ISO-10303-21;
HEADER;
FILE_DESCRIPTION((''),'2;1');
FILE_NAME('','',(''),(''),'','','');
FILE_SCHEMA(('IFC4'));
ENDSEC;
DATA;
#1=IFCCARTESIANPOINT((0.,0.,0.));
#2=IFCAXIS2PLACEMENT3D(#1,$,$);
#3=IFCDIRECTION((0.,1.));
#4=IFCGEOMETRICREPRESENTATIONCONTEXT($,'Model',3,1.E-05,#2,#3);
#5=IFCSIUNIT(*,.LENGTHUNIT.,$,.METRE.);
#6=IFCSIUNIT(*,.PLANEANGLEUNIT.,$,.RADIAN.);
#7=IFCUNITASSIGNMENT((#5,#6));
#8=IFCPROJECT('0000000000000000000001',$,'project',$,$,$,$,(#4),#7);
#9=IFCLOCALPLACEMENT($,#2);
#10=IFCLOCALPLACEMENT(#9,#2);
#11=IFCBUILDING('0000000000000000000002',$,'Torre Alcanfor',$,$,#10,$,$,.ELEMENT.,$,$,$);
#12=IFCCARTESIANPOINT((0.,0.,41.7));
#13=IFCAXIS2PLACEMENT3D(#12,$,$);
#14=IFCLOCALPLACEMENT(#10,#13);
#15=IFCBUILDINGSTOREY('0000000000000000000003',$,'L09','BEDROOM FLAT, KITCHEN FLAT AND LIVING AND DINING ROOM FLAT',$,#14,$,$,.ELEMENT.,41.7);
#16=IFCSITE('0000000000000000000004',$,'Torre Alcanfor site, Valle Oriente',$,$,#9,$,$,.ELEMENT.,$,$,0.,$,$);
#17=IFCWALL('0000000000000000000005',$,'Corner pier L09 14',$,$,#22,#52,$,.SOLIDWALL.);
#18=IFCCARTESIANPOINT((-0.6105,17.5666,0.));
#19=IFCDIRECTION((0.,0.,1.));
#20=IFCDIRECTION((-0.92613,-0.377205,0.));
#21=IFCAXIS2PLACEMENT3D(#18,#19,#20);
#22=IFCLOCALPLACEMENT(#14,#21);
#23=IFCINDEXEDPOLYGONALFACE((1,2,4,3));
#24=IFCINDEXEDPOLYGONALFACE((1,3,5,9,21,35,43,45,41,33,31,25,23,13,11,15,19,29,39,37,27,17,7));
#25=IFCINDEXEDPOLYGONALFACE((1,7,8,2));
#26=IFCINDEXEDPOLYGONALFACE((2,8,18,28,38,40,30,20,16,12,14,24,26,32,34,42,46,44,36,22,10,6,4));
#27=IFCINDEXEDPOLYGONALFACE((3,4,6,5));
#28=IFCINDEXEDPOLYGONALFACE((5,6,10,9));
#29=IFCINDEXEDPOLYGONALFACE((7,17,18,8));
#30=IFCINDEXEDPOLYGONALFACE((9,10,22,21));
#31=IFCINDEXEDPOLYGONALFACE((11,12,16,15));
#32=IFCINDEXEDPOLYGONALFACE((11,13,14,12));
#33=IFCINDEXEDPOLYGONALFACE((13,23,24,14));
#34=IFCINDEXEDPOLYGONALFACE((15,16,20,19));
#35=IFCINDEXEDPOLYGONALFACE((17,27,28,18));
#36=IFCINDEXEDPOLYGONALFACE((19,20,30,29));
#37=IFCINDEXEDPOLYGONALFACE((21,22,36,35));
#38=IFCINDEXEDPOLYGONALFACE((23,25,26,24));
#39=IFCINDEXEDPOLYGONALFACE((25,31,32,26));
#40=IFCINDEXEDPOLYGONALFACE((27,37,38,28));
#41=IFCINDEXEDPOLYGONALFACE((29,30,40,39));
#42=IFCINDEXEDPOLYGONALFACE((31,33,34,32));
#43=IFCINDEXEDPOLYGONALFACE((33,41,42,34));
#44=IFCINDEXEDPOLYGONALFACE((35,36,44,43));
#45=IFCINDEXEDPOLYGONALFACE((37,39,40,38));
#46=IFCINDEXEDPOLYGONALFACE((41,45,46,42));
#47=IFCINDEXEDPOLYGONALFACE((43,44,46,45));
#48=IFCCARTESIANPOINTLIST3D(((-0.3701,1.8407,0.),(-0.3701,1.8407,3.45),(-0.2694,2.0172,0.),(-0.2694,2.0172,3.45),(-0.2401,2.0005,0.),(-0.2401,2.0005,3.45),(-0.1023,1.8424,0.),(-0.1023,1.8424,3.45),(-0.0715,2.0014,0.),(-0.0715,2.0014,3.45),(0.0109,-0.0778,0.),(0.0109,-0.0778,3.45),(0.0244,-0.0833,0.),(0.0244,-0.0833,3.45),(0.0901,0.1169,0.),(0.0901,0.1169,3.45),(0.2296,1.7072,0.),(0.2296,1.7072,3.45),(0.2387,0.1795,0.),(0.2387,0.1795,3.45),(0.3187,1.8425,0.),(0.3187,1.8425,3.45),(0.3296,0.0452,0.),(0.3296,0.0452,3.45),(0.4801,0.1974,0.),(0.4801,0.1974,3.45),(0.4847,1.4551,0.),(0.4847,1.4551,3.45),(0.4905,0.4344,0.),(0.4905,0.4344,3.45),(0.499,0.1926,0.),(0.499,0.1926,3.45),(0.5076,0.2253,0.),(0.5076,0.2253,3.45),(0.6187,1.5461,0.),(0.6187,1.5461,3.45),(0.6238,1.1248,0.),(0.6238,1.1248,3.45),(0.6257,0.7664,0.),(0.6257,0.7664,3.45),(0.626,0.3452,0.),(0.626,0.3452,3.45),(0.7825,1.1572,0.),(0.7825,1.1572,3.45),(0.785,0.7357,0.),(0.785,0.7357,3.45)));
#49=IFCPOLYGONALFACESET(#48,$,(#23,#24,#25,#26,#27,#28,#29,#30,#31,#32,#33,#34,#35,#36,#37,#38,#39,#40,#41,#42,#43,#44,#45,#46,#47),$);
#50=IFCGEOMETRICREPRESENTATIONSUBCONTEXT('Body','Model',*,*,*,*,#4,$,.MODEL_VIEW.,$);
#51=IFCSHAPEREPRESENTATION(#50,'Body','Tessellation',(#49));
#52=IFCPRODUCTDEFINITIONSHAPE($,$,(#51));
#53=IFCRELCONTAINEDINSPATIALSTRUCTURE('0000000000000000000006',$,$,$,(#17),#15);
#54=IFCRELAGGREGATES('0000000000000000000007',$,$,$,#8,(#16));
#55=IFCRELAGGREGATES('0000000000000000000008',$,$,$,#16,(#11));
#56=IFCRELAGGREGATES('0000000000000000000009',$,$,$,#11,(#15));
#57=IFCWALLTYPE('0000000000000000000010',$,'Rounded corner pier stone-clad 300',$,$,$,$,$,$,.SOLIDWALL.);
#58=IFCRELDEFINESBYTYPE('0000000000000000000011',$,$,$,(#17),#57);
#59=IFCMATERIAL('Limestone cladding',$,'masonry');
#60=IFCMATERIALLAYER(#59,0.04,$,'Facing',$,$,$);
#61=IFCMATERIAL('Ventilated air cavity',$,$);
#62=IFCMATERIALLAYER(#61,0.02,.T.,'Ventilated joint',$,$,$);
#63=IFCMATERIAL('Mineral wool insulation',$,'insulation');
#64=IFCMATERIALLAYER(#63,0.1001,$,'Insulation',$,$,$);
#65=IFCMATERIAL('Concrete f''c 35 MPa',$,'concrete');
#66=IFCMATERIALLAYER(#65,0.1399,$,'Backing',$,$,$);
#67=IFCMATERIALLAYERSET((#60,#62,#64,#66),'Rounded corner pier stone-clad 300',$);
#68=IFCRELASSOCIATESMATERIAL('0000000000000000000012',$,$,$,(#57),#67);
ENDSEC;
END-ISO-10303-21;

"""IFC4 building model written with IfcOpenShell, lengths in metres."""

from ifc_helpers import new_model, si_unit, direction, frame, origin, place, context, subcontext, project, spatial, polyline, outline, extrude, material, layer, layer_set, type_object, element, save


model = new_model("IFC4")

# Units and contexts
model_context = context("Model", 3, precision=1e-05, world=origin(), true_north=direction((0.0, 1.0)))
body_context = subcontext(model_context, "Body", "Model", "MODEL_VIEW")
ifc_project = project(units=[si_unit("LENGTHUNIT", "METRE"), si_unit("PLANEANGLEUNIT", "RADIAN")], contexts=[model_context])

# Site, building, storey
site_placement = place(None, origin())
site = spatial("IfcSite", under=ifc_project, at=site_placement, Name="Torre Alcanfor site, Valle Oriente", CompositionType="ELEMENT", RefElevation=0.0)
building_placement = place(site_placement, origin())
building = spatial("IfcBuilding", under=site, at=building_placement, Name="Torre Alcanfor", CompositionType="ELEMENT")
storey_placement = place(building_placement, frame((0.0, 0.0, 41.7)))
storey = spatial("IfcBuildingStorey", under=building, at=storey_placement, Name="L09", Description="BEDROOM FLAT, KITCHEN FLAT AND LIVING AND DINING ROOM FLAT", CompositionType="ELEMENT", Elevation=41.7)

# Wall
ifc_material_1 = material(Name="Limestone cladding", Category="masonry")
ifc_layer_1 = layer(ifc_material_1, 0.04, Name="Facing")
ifc_material_2 = material(Name="Ventilated air cavity")
ifc_layer_2 = layer(ifc_material_2, 0.02, ventilated=True, Name="Ventilated joint")
ifc_material_3 = material(Name="Mineral wool insulation", Category="insulation")
ifc_layer_3 = layer(ifc_material_3, 0.1001, Name="Insulation")
ifc_material_4 = material(Name="Concrete f'c 35 MPa", Category="concrete")
ifc_layer_4 = layer(ifc_material_4, 0.1399, Name="Backing")
ifc_layer_set_1 = layer_set([ifc_layer_1, ifc_layer_2, ifc_layer_3, ifc_layer_4], Name="Rounded corner pier stone-clad 300")
wall_type_1 = type_object("IfcWallType", Name="Rounded corner pier stone-clad 300", PredefinedType="SOLIDWALL", material=ifc_layer_set_1)
wall_1_placement = place(storey_placement, frame((-0.6105, 17.5666, 0.0), z_axis=(0.0, 0.0, 1.0), x_axis=(-0.92613, -0.377205, 0.0)))
element("IfcWall", 1, at=wall_1_placement, inside=storey, type_object=wall_type_1, Name="Corner pier L09 14", PredefinedType="SOLIDWALL", context=body_context, shape_type="SweptSolid", body=[
    extrude(outline(polyline([(-0.2694, 2.0172), (-0.3701, 1.8407), (-0.1023, 1.8424), (0.2296, 1.7072), (0.4847, 1.4551), (0.6238, 1.1248), (0.6257, 0.7664), (0.4905, 0.4344), (0.2387, 0.1795), (0.0901, 0.1169), (0.0109, -0.0778), (0.0244, -0.0833), (0.3296, 0.0452), (0.4801, 0.1974), (0.499, 0.1926), (0.5076, 0.2253), (0.626, 0.3452), (0.785, 0.7357), (0.7825, 1.1572), (0.6187, 1.5461), (0.3187, 1.8425), (-0.0715, 2.0014), (-0.2401, 2.0005), (-0.2694, 2.0172)])), origin(), (0.0, 0.0, 1.0), 3.45),
])

save(model, "model.ifc")
